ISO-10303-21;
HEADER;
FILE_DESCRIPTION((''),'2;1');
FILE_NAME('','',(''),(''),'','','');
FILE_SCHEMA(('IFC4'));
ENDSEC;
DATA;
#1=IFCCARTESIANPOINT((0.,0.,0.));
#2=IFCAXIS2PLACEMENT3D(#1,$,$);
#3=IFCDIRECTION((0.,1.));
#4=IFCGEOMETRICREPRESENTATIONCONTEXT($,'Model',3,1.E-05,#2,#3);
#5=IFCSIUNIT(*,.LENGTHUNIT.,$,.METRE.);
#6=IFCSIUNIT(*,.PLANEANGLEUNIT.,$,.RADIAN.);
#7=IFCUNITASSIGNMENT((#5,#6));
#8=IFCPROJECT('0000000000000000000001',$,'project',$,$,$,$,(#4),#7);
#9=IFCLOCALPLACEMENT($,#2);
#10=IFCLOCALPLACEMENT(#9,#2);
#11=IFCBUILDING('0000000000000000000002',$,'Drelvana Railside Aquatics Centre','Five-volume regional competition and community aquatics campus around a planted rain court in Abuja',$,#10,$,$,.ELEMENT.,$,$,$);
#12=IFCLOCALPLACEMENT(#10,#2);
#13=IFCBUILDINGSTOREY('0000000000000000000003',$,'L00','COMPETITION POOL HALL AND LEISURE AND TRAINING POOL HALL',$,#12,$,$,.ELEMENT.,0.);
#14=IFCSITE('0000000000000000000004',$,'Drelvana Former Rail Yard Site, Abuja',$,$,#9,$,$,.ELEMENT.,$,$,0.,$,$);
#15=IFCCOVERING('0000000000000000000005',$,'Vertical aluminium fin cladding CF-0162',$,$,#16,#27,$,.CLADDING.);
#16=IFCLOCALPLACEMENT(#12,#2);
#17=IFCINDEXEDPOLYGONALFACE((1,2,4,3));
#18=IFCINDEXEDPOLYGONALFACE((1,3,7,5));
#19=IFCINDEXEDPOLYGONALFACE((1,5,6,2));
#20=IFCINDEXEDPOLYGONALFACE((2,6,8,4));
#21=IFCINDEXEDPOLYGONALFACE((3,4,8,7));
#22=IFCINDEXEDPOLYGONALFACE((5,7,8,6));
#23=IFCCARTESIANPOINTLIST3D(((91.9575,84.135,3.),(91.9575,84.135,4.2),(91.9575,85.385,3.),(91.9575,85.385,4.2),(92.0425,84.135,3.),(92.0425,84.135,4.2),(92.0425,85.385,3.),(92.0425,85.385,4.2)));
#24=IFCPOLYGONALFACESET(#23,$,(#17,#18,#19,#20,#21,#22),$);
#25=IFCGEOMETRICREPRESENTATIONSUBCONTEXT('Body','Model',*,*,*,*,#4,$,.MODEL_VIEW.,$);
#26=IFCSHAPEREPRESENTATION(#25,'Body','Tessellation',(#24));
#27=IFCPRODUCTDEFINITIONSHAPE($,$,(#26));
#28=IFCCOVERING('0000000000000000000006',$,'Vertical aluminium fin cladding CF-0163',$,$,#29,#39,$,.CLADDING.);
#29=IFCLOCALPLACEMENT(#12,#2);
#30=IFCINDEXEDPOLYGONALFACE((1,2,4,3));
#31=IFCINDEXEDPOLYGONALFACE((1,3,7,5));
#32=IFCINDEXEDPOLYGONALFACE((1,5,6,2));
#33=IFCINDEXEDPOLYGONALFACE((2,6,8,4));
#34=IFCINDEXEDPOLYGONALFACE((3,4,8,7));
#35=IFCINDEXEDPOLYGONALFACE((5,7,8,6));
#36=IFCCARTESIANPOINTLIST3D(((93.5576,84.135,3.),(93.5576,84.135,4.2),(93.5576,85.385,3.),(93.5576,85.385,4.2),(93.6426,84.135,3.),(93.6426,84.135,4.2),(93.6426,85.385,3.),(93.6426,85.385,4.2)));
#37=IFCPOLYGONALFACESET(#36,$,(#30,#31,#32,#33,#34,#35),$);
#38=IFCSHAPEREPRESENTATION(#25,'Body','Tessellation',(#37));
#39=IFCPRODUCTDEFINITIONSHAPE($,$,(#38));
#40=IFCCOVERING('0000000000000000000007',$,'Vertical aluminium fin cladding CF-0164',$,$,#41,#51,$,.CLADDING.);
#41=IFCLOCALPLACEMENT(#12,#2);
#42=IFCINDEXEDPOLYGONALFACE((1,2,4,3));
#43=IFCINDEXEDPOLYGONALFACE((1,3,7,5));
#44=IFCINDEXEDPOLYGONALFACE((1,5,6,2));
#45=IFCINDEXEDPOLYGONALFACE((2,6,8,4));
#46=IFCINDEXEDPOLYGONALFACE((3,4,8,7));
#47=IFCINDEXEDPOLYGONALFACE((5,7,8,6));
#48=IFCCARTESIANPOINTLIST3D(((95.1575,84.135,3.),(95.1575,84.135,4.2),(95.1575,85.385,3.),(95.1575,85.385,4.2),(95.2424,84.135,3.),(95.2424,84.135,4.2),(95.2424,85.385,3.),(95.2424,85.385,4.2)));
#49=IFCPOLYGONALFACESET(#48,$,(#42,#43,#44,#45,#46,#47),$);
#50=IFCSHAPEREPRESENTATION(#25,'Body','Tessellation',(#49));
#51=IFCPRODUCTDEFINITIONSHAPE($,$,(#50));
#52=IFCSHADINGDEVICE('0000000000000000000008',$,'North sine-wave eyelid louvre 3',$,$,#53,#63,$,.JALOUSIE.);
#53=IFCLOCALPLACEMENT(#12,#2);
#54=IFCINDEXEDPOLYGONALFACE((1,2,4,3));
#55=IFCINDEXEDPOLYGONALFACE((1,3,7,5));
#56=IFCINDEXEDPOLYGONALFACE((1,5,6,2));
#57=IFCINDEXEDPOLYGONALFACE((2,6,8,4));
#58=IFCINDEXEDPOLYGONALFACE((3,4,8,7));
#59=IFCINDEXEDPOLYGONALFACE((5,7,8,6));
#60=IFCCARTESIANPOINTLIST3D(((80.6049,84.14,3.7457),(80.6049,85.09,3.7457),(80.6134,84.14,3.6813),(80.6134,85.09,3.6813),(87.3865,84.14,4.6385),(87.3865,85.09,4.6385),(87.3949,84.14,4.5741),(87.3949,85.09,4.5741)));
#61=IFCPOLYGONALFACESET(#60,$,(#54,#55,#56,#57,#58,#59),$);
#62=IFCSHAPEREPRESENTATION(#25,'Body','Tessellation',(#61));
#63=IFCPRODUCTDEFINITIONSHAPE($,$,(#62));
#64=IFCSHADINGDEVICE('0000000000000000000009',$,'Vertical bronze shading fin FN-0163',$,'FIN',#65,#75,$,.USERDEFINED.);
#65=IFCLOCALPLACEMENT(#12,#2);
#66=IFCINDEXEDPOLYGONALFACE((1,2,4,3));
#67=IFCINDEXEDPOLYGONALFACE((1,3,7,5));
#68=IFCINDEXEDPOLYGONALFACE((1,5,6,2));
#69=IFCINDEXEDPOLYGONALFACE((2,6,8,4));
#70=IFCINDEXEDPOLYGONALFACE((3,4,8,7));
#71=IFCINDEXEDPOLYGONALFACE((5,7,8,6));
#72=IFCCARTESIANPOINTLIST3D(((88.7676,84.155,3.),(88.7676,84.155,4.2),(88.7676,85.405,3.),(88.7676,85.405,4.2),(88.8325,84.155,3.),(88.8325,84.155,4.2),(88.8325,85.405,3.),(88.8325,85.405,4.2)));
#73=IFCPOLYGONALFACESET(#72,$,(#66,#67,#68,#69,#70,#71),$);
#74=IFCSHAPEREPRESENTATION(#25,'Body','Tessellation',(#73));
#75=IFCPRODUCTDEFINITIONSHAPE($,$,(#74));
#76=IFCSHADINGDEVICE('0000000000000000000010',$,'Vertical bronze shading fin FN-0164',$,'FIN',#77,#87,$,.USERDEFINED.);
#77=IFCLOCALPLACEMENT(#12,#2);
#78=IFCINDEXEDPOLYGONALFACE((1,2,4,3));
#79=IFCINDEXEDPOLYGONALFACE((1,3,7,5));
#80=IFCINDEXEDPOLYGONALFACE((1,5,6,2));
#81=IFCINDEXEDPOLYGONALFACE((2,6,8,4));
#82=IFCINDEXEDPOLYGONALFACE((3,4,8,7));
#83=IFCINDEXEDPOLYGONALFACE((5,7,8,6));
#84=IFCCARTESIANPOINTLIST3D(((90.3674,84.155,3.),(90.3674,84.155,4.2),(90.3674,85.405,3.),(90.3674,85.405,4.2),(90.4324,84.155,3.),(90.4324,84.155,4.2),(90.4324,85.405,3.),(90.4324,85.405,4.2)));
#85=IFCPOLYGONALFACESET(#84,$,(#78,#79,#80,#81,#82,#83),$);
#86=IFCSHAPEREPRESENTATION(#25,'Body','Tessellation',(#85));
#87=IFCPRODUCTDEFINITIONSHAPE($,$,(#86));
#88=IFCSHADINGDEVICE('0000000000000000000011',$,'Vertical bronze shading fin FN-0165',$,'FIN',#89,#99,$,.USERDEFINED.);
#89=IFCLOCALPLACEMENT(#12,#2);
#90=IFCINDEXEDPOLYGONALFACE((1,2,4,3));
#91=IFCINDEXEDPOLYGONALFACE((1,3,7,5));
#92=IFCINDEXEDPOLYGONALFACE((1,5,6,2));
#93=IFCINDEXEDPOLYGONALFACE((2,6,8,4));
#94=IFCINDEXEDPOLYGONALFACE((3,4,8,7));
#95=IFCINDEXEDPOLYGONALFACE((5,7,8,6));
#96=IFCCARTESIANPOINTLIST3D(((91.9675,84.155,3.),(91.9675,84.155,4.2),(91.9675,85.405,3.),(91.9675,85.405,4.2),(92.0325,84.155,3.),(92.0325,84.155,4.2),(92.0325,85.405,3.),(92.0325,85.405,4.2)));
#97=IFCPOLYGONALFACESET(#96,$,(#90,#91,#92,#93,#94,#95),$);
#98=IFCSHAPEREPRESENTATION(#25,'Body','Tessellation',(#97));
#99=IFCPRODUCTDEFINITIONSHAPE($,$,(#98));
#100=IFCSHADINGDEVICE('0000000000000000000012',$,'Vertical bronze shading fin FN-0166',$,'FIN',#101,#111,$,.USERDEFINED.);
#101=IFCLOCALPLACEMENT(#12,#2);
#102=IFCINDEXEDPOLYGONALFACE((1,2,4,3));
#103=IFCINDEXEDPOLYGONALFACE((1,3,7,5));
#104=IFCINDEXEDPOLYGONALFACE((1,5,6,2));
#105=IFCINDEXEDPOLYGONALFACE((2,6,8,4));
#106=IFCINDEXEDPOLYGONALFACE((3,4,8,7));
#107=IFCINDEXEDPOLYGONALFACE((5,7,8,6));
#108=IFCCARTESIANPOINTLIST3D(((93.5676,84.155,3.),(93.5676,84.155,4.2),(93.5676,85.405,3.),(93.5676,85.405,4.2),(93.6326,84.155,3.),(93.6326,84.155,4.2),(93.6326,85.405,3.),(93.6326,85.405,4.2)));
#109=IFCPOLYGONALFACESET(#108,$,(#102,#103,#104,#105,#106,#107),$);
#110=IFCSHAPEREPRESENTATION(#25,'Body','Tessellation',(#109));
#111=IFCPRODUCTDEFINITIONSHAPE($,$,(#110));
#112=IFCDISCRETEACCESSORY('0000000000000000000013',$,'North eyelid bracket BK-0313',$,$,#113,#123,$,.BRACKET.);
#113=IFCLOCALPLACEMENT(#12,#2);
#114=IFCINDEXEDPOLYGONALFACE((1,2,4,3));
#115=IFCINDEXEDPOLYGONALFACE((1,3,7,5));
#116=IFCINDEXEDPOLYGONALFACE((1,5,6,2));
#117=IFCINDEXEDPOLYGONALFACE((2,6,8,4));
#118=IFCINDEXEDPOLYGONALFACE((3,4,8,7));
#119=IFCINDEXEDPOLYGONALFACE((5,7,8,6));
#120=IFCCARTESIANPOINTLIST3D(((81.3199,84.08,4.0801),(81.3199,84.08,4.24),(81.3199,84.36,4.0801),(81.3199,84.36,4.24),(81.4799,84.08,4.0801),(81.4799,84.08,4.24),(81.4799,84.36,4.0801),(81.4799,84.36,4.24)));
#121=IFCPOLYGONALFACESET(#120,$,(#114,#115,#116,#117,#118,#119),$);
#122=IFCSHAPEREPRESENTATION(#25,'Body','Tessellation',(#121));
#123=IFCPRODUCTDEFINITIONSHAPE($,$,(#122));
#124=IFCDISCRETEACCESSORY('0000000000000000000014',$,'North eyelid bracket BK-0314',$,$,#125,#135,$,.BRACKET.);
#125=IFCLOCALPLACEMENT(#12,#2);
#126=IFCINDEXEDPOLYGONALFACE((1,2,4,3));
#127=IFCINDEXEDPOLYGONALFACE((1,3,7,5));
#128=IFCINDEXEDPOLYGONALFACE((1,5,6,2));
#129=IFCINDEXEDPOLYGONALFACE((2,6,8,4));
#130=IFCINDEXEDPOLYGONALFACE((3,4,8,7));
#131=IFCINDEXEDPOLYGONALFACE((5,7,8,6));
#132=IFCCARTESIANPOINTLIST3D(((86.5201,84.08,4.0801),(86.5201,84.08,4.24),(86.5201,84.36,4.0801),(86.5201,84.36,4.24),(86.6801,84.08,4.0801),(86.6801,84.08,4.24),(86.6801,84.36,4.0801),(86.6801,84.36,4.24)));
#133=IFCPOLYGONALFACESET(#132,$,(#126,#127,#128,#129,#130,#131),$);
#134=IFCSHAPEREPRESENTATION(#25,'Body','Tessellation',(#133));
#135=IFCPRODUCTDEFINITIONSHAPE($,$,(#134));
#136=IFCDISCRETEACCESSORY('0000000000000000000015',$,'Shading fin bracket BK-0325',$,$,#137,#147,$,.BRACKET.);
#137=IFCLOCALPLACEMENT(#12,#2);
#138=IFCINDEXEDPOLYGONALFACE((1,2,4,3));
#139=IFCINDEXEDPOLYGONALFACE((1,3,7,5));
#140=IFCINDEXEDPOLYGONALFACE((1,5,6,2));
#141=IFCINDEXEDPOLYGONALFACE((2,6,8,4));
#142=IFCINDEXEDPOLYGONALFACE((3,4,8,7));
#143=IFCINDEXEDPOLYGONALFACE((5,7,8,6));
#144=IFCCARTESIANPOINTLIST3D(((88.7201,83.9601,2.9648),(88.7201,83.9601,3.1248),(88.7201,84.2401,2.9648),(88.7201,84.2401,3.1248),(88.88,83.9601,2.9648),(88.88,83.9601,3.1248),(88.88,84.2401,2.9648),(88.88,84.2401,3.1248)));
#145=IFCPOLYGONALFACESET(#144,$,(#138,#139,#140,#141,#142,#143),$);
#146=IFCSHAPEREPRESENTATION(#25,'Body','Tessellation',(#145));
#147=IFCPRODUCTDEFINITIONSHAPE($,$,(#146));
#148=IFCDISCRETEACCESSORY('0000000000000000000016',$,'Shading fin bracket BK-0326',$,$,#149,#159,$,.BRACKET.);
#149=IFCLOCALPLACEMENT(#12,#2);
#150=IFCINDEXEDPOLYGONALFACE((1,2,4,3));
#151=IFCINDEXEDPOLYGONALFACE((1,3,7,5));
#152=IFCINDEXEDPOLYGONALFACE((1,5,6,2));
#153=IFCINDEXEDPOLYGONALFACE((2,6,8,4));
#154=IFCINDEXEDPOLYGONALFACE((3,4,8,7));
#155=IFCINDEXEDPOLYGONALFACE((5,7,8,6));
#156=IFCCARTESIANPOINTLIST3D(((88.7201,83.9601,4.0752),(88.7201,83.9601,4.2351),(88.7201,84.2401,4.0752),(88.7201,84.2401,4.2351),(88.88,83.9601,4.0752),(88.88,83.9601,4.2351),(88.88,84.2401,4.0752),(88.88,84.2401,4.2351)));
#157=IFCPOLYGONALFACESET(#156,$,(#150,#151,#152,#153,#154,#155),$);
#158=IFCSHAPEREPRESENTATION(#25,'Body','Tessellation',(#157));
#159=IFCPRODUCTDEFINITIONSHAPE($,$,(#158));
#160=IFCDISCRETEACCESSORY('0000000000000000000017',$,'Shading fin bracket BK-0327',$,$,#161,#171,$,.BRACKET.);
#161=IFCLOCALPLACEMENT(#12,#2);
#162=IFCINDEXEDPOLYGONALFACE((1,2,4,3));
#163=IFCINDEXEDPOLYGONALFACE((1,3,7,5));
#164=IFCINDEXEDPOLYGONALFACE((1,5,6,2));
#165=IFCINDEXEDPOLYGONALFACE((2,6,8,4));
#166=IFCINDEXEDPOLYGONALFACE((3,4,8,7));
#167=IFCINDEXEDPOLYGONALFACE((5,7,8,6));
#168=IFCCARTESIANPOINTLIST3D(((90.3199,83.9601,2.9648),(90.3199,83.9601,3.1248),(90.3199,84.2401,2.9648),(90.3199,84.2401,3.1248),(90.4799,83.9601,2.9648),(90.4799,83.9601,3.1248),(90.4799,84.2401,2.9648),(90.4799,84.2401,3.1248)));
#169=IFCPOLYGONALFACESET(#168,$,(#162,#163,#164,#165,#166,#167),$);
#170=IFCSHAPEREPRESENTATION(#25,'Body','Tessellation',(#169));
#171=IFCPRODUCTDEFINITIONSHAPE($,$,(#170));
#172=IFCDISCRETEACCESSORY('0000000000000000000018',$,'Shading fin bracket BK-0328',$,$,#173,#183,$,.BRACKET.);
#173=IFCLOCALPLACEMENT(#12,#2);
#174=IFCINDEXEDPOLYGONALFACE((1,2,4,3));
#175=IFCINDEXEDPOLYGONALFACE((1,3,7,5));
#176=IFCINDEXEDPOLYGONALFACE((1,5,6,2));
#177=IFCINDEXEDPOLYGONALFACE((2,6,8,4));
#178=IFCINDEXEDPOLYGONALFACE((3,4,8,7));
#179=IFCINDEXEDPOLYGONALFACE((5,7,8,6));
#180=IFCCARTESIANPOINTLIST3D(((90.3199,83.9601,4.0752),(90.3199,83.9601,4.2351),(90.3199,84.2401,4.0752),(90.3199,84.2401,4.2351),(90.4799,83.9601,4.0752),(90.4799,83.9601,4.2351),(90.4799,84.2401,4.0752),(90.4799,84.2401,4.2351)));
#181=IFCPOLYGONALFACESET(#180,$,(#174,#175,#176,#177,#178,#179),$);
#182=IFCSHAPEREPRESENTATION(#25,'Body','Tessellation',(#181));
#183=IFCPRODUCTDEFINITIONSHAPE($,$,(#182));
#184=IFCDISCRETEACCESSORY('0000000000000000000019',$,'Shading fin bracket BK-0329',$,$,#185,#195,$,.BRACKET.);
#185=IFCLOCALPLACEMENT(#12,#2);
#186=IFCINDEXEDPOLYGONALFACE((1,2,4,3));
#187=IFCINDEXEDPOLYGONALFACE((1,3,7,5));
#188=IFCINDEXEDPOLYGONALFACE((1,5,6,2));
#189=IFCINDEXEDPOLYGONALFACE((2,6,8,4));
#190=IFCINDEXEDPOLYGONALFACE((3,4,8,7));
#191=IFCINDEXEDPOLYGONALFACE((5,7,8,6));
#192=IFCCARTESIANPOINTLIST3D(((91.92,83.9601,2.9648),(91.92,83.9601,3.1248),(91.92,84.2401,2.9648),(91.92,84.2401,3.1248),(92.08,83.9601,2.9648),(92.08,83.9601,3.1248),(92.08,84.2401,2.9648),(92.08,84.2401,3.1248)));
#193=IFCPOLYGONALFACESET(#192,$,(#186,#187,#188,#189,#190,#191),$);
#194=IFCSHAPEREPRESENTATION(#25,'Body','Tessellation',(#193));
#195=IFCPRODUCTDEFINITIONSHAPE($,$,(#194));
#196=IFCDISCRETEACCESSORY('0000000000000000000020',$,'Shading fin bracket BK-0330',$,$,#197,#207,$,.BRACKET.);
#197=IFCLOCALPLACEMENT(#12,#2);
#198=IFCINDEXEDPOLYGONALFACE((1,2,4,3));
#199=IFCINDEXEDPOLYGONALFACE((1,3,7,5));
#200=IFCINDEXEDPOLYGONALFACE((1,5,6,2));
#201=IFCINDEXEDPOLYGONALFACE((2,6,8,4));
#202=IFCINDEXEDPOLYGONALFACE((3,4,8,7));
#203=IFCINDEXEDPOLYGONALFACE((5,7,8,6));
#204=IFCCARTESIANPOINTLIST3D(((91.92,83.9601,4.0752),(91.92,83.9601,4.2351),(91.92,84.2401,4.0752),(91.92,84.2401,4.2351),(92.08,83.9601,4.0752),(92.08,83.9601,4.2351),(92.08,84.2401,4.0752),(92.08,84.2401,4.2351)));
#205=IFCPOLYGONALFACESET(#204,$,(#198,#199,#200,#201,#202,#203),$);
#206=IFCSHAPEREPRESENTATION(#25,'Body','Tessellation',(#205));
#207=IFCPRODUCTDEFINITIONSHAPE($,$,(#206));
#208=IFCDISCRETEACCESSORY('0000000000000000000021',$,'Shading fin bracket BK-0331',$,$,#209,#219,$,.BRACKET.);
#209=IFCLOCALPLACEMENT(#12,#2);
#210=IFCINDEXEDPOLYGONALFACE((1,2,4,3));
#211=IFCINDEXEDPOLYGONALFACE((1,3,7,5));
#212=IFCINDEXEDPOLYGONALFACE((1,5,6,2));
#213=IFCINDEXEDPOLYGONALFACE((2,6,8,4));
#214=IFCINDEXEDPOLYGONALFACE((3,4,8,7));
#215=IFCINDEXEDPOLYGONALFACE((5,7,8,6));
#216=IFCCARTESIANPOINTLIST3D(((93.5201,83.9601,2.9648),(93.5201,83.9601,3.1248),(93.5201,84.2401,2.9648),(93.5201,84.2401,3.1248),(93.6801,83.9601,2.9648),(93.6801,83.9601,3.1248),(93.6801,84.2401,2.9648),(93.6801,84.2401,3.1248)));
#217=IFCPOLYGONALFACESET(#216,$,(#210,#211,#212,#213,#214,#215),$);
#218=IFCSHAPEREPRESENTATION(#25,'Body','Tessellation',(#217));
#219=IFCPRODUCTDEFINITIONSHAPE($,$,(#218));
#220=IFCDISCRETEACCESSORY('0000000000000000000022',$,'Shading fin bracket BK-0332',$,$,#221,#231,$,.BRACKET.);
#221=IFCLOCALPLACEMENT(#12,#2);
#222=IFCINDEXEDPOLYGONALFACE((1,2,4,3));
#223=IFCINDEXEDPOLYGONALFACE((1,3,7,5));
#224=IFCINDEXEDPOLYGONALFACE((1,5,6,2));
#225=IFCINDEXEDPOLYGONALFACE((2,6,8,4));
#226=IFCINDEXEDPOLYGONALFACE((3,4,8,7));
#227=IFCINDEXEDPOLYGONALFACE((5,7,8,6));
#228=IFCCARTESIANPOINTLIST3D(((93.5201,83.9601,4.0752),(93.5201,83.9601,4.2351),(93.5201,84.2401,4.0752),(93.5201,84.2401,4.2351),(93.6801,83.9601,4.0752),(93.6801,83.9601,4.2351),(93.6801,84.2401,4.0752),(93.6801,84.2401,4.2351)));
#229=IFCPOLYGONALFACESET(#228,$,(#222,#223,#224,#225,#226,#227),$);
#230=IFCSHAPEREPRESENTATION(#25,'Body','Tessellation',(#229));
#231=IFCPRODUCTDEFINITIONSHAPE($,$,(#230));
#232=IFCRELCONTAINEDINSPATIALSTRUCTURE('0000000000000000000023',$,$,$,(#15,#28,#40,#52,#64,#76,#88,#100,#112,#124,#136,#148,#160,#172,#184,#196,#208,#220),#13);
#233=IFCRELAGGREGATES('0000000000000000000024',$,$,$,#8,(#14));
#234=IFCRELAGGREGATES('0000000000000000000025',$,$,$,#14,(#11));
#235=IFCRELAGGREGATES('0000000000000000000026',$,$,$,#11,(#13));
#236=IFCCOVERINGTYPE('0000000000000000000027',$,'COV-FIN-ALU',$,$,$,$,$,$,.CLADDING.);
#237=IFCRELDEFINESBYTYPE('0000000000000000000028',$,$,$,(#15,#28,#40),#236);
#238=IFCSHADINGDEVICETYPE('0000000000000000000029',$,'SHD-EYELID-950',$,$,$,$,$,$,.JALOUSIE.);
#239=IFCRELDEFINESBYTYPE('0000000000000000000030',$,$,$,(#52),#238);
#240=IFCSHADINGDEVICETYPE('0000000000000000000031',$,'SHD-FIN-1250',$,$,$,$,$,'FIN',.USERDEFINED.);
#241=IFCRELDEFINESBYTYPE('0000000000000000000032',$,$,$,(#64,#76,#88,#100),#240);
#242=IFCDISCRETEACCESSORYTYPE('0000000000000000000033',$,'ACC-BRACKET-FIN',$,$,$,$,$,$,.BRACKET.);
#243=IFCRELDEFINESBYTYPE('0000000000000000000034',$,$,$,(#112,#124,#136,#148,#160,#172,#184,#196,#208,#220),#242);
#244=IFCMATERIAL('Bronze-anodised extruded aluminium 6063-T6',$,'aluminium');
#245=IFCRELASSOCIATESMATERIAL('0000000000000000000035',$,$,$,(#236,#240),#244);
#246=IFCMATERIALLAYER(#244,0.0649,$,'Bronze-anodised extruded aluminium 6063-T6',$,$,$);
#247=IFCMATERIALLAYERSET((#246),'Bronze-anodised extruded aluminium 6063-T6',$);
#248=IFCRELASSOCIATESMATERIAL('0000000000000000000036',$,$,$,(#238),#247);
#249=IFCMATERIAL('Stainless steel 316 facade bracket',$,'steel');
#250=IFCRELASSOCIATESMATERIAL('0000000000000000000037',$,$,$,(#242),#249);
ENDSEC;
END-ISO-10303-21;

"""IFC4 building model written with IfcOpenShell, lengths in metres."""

from ifc_helpers import new_model, si_unit, direction, frame, origin, origin_2d, place, context, subcontext, project, spatial, rectangle, extrude, material, layer, layer_set, type_object, element, save


model = new_model("IFC4")

# Units and contexts
model_context = context("Model", 3, precision=1e-05, world=origin(), true_north=direction((0.0, 1.0)))
body_context = subcontext(model_context, "Body", "Model", "MODEL_VIEW")
ifc_project = project(units=[si_unit("LENGTHUNIT", "METRE"), si_unit("PLANEANGLEUNIT", "RADIAN")], contexts=[model_context])

# Site, building, storey
site_placement = place(None, origin())
site = spatial("IfcSite", under=ifc_project, at=site_placement, Name="Drelvana Former Rail Yard Site, Abuja", CompositionType="ELEMENT", RefElevation=0.0)
building_placement = place(site_placement, origin())
building = spatial("IfcBuilding", under=site, at=building_placement, Name="Drelvana Railside Aquatics Centre", Description="Five-volume regional competition and community aquatics campus around a planted rain court in Abuja", CompositionType="ELEMENT")
storey_placement = place(building_placement, origin())
storey = spatial("IfcBuildingStorey", under=building, at=storey_placement, Name="L00", Description="COMPETITION POOL HALL AND LEISURE AND TRAINING POOL HALL", CompositionType="ELEMENT", Elevation=0.0)

# Coverings
ifc_material_1 = material(Name="Bronze-anodised extruded aluminium 6063-T6", Category="aluminium")
covering_type = type_object("IfcCoveringType", Name="COV-FIN-ALU", PredefinedType="CLADDING", material=ifc_material_1)
for number, where, z_axis, x_axis, name in (
    (1, (92.0, 84.76, 3.0), (0.0, 0.0, 1.0), (1.0, 0.0, 0.0), "Vertical aluminium fin cladding CF-0162"),
    (2, (93.6001, 84.76, 3.0), (0.0, 0.0, 1.0), (1.0, 0.0, 0.0), "Vertical aluminium fin cladding CF-0163"),
    (3, (95.2, 84.76, 3.0), (0.0, 0.0, 1.0), (1.0, 0.0, 0.0), "Vertical aluminium fin cladding CF-0164"),
):
    element("IfcCovering", number, at=place(storey_placement, frame(where, z_axis=z_axis, x_axis=x_axis)), inside=storey, type_object=covering_type, Name=name, PredefinedType="CLADDING", context=body_context, shape_type="SweptSolid", body=[
        extrude(rectangle(XDim=0.085, YDim=1.25, at=origin_2d()), origin(), (0.0, 0.0, 1.0), 1.2),
    ])

# Shading devices
ifc_layer_1 = layer(ifc_material_1, 0.0649, Name="Bronze-anodised extruded aluminium 6063-T6")
ifc_layer_set_1 = layer_set([ifc_layer_1], Name="Bronze-anodised extruded aluminium 6063-T6")
shading_device_type_1 = type_object("IfcShadingDeviceType", Name="SHD-EYELID-950", PredefinedType="JALOUSIE", material=ifc_layer_set_1)
shading_device_placement = place(storey_placement, frame((84.0042, 84.615, 4.1277), z_axis=(-0.130526, 0.0, 0.991445), x_axis=(0.0, 1.0, 0.0)))
element("IfcShadingDevice", 4, at=shading_device_placement, inside=storey, type_object=shading_device_type_1, Name="North sine-wave eyelid louvre 3", PredefinedType="JALOUSIE", context=body_context, shape_type="SweptSolid", body=[
    extrude(rectangle(XDim=0.95, YDim=6.8401, at=origin_2d()), origin(), (0.0, 0.0, 1.0), 0.0649),
])
shading_device_type_2 = type_object("IfcShadingDeviceType", Name="SHD-FIN-1250", ElementType="FIN", PredefinedType="USERDEFINED", material=ifc_material_1)
for number, where, z_axis, x_axis, name in (
    (5, (88.8, 84.78, 3.0), (0.0, 0.0, 1.0), (0.0, 1.0, 0.0), "Vertical bronze shading fin FN-0163"),
    (6, (90.3999, 84.78, 3.0), (0.0, 0.0, 1.0), (0.0, 1.0, 0.0), "Vertical bronze shading fin FN-0164"),
    (7, (92.0, 84.78, 3.0), (0.0, 0.0, 1.0), (0.0, 1.0, 0.0), "Vertical bronze shading fin FN-0165"),
    (8, (93.6001, 84.78, 3.0), (0.0, 0.0, 1.0), (0.0, 1.0, 0.0), "Vertical bronze shading fin FN-0166"),
):
    element("IfcShadingDevice", number, at=place(storey_placement, frame(where, z_axis=z_axis, x_axis=x_axis)), inside=storey, type_object=shading_device_type_2, Name=name, ObjectType="FIN", PredefinedType="USERDEFINED", context=body_context, shape_type="SweptSolid", body=[
        extrude(rectangle(XDim=1.25, YDim=0.0649, at=origin_2d()), origin(), (0.0, 0.0, 1.0), 1.2),
    ])

# Discrete accessories
ifc_material_2 = material(Name="Stainless steel 316 facade bracket", Category="steel")
discrete_accessory_type = type_object("IfcDiscreteAccessoryType", Name="ACC-BRACKET-FIN", PredefinedType="BRACKET", material=ifc_material_2)
for number, where, z_axis, x_axis, name in (
    (9, (81.3999, 84.22, 4.0801), (0.0, 0.0, 1.0), (1.0, 0.0, 0.0), "North eyelid bracket BK-0313"),
    (10, (86.6001, 84.22, 4.0801), (0.0, 0.0, 1.0), (1.0, 0.0, 0.0), "North eyelid bracket BK-0314"),
):
    element("IfcDiscreteAccessory", number, at=place(storey_placement, frame(where, z_axis=z_axis, x_axis=x_axis)), inside=storey, type_object=discrete_accessory_type, Name=name, PredefinedType="BRACKET", context=body_context, shape_type="SweptSolid", body=[
        extrude(rectangle(XDim=0.1599, YDim=0.28, at=origin_2d()), origin(), (0.0, 0.0, 1.0), 0.1599),
    ])
for number, where, z_axis, x_axis, name in (
    (11, (88.8, 84.1001, 2.9648), (0.0, 0.0, 1.0), (0.0, 1.0, 0.0), "Shading fin bracket BK-0325"),
    (12, (88.8, 84.1001, 4.0752), (0.0, 0.0, 1.0), (0.0, 1.0, 0.0), "Shading fin bracket BK-0326"),
    (13, (90.3999, 84.1001, 2.9648), (0.0, 0.0, 1.0), (0.0, 1.0, 0.0), "Shading fin bracket BK-0327"),
    (14, (90.3999, 84.1001, 4.0752), (0.0, 0.0, 1.0), (0.0, 1.0, 0.0), "Shading fin bracket BK-0328"),
    (15, (92.0, 84.1001, 2.9648), (0.0, 0.0, 1.0), (0.0, 1.0, 0.0), "Shading fin bracket BK-0329"),
    (16, (92.0, 84.1001, 4.0752), (0.0, 0.0, 1.0), (0.0, 1.0, 0.0), "Shading fin bracket BK-0330"),
    (17, (93.6001, 84.1001, 2.9648), (0.0, 0.0, 1.0), (0.0, 1.0, 0.0), "Shading fin bracket BK-0331"),
    (18, (93.6001, 84.1001, 4.0752), (0.0, 0.0, 1.0), (0.0, 1.0, 0.0), "Shading fin bracket BK-0332"),
):
    element("IfcDiscreteAccessory", number, at=place(storey_placement, frame(where, z_axis=z_axis, x_axis=x_axis)), inside=storey, type_object=discrete_accessory_type, Name=name, PredefinedType="BRACKET", context=body_context, shape_type="SweptSolid", body=[
        extrude(rectangle(XDim=0.28, YDim=0.1599, at=origin_2d()), origin(), (0.0, 0.0, 1.0), 0.1599),
    ])

save(model, "model.ifc")
